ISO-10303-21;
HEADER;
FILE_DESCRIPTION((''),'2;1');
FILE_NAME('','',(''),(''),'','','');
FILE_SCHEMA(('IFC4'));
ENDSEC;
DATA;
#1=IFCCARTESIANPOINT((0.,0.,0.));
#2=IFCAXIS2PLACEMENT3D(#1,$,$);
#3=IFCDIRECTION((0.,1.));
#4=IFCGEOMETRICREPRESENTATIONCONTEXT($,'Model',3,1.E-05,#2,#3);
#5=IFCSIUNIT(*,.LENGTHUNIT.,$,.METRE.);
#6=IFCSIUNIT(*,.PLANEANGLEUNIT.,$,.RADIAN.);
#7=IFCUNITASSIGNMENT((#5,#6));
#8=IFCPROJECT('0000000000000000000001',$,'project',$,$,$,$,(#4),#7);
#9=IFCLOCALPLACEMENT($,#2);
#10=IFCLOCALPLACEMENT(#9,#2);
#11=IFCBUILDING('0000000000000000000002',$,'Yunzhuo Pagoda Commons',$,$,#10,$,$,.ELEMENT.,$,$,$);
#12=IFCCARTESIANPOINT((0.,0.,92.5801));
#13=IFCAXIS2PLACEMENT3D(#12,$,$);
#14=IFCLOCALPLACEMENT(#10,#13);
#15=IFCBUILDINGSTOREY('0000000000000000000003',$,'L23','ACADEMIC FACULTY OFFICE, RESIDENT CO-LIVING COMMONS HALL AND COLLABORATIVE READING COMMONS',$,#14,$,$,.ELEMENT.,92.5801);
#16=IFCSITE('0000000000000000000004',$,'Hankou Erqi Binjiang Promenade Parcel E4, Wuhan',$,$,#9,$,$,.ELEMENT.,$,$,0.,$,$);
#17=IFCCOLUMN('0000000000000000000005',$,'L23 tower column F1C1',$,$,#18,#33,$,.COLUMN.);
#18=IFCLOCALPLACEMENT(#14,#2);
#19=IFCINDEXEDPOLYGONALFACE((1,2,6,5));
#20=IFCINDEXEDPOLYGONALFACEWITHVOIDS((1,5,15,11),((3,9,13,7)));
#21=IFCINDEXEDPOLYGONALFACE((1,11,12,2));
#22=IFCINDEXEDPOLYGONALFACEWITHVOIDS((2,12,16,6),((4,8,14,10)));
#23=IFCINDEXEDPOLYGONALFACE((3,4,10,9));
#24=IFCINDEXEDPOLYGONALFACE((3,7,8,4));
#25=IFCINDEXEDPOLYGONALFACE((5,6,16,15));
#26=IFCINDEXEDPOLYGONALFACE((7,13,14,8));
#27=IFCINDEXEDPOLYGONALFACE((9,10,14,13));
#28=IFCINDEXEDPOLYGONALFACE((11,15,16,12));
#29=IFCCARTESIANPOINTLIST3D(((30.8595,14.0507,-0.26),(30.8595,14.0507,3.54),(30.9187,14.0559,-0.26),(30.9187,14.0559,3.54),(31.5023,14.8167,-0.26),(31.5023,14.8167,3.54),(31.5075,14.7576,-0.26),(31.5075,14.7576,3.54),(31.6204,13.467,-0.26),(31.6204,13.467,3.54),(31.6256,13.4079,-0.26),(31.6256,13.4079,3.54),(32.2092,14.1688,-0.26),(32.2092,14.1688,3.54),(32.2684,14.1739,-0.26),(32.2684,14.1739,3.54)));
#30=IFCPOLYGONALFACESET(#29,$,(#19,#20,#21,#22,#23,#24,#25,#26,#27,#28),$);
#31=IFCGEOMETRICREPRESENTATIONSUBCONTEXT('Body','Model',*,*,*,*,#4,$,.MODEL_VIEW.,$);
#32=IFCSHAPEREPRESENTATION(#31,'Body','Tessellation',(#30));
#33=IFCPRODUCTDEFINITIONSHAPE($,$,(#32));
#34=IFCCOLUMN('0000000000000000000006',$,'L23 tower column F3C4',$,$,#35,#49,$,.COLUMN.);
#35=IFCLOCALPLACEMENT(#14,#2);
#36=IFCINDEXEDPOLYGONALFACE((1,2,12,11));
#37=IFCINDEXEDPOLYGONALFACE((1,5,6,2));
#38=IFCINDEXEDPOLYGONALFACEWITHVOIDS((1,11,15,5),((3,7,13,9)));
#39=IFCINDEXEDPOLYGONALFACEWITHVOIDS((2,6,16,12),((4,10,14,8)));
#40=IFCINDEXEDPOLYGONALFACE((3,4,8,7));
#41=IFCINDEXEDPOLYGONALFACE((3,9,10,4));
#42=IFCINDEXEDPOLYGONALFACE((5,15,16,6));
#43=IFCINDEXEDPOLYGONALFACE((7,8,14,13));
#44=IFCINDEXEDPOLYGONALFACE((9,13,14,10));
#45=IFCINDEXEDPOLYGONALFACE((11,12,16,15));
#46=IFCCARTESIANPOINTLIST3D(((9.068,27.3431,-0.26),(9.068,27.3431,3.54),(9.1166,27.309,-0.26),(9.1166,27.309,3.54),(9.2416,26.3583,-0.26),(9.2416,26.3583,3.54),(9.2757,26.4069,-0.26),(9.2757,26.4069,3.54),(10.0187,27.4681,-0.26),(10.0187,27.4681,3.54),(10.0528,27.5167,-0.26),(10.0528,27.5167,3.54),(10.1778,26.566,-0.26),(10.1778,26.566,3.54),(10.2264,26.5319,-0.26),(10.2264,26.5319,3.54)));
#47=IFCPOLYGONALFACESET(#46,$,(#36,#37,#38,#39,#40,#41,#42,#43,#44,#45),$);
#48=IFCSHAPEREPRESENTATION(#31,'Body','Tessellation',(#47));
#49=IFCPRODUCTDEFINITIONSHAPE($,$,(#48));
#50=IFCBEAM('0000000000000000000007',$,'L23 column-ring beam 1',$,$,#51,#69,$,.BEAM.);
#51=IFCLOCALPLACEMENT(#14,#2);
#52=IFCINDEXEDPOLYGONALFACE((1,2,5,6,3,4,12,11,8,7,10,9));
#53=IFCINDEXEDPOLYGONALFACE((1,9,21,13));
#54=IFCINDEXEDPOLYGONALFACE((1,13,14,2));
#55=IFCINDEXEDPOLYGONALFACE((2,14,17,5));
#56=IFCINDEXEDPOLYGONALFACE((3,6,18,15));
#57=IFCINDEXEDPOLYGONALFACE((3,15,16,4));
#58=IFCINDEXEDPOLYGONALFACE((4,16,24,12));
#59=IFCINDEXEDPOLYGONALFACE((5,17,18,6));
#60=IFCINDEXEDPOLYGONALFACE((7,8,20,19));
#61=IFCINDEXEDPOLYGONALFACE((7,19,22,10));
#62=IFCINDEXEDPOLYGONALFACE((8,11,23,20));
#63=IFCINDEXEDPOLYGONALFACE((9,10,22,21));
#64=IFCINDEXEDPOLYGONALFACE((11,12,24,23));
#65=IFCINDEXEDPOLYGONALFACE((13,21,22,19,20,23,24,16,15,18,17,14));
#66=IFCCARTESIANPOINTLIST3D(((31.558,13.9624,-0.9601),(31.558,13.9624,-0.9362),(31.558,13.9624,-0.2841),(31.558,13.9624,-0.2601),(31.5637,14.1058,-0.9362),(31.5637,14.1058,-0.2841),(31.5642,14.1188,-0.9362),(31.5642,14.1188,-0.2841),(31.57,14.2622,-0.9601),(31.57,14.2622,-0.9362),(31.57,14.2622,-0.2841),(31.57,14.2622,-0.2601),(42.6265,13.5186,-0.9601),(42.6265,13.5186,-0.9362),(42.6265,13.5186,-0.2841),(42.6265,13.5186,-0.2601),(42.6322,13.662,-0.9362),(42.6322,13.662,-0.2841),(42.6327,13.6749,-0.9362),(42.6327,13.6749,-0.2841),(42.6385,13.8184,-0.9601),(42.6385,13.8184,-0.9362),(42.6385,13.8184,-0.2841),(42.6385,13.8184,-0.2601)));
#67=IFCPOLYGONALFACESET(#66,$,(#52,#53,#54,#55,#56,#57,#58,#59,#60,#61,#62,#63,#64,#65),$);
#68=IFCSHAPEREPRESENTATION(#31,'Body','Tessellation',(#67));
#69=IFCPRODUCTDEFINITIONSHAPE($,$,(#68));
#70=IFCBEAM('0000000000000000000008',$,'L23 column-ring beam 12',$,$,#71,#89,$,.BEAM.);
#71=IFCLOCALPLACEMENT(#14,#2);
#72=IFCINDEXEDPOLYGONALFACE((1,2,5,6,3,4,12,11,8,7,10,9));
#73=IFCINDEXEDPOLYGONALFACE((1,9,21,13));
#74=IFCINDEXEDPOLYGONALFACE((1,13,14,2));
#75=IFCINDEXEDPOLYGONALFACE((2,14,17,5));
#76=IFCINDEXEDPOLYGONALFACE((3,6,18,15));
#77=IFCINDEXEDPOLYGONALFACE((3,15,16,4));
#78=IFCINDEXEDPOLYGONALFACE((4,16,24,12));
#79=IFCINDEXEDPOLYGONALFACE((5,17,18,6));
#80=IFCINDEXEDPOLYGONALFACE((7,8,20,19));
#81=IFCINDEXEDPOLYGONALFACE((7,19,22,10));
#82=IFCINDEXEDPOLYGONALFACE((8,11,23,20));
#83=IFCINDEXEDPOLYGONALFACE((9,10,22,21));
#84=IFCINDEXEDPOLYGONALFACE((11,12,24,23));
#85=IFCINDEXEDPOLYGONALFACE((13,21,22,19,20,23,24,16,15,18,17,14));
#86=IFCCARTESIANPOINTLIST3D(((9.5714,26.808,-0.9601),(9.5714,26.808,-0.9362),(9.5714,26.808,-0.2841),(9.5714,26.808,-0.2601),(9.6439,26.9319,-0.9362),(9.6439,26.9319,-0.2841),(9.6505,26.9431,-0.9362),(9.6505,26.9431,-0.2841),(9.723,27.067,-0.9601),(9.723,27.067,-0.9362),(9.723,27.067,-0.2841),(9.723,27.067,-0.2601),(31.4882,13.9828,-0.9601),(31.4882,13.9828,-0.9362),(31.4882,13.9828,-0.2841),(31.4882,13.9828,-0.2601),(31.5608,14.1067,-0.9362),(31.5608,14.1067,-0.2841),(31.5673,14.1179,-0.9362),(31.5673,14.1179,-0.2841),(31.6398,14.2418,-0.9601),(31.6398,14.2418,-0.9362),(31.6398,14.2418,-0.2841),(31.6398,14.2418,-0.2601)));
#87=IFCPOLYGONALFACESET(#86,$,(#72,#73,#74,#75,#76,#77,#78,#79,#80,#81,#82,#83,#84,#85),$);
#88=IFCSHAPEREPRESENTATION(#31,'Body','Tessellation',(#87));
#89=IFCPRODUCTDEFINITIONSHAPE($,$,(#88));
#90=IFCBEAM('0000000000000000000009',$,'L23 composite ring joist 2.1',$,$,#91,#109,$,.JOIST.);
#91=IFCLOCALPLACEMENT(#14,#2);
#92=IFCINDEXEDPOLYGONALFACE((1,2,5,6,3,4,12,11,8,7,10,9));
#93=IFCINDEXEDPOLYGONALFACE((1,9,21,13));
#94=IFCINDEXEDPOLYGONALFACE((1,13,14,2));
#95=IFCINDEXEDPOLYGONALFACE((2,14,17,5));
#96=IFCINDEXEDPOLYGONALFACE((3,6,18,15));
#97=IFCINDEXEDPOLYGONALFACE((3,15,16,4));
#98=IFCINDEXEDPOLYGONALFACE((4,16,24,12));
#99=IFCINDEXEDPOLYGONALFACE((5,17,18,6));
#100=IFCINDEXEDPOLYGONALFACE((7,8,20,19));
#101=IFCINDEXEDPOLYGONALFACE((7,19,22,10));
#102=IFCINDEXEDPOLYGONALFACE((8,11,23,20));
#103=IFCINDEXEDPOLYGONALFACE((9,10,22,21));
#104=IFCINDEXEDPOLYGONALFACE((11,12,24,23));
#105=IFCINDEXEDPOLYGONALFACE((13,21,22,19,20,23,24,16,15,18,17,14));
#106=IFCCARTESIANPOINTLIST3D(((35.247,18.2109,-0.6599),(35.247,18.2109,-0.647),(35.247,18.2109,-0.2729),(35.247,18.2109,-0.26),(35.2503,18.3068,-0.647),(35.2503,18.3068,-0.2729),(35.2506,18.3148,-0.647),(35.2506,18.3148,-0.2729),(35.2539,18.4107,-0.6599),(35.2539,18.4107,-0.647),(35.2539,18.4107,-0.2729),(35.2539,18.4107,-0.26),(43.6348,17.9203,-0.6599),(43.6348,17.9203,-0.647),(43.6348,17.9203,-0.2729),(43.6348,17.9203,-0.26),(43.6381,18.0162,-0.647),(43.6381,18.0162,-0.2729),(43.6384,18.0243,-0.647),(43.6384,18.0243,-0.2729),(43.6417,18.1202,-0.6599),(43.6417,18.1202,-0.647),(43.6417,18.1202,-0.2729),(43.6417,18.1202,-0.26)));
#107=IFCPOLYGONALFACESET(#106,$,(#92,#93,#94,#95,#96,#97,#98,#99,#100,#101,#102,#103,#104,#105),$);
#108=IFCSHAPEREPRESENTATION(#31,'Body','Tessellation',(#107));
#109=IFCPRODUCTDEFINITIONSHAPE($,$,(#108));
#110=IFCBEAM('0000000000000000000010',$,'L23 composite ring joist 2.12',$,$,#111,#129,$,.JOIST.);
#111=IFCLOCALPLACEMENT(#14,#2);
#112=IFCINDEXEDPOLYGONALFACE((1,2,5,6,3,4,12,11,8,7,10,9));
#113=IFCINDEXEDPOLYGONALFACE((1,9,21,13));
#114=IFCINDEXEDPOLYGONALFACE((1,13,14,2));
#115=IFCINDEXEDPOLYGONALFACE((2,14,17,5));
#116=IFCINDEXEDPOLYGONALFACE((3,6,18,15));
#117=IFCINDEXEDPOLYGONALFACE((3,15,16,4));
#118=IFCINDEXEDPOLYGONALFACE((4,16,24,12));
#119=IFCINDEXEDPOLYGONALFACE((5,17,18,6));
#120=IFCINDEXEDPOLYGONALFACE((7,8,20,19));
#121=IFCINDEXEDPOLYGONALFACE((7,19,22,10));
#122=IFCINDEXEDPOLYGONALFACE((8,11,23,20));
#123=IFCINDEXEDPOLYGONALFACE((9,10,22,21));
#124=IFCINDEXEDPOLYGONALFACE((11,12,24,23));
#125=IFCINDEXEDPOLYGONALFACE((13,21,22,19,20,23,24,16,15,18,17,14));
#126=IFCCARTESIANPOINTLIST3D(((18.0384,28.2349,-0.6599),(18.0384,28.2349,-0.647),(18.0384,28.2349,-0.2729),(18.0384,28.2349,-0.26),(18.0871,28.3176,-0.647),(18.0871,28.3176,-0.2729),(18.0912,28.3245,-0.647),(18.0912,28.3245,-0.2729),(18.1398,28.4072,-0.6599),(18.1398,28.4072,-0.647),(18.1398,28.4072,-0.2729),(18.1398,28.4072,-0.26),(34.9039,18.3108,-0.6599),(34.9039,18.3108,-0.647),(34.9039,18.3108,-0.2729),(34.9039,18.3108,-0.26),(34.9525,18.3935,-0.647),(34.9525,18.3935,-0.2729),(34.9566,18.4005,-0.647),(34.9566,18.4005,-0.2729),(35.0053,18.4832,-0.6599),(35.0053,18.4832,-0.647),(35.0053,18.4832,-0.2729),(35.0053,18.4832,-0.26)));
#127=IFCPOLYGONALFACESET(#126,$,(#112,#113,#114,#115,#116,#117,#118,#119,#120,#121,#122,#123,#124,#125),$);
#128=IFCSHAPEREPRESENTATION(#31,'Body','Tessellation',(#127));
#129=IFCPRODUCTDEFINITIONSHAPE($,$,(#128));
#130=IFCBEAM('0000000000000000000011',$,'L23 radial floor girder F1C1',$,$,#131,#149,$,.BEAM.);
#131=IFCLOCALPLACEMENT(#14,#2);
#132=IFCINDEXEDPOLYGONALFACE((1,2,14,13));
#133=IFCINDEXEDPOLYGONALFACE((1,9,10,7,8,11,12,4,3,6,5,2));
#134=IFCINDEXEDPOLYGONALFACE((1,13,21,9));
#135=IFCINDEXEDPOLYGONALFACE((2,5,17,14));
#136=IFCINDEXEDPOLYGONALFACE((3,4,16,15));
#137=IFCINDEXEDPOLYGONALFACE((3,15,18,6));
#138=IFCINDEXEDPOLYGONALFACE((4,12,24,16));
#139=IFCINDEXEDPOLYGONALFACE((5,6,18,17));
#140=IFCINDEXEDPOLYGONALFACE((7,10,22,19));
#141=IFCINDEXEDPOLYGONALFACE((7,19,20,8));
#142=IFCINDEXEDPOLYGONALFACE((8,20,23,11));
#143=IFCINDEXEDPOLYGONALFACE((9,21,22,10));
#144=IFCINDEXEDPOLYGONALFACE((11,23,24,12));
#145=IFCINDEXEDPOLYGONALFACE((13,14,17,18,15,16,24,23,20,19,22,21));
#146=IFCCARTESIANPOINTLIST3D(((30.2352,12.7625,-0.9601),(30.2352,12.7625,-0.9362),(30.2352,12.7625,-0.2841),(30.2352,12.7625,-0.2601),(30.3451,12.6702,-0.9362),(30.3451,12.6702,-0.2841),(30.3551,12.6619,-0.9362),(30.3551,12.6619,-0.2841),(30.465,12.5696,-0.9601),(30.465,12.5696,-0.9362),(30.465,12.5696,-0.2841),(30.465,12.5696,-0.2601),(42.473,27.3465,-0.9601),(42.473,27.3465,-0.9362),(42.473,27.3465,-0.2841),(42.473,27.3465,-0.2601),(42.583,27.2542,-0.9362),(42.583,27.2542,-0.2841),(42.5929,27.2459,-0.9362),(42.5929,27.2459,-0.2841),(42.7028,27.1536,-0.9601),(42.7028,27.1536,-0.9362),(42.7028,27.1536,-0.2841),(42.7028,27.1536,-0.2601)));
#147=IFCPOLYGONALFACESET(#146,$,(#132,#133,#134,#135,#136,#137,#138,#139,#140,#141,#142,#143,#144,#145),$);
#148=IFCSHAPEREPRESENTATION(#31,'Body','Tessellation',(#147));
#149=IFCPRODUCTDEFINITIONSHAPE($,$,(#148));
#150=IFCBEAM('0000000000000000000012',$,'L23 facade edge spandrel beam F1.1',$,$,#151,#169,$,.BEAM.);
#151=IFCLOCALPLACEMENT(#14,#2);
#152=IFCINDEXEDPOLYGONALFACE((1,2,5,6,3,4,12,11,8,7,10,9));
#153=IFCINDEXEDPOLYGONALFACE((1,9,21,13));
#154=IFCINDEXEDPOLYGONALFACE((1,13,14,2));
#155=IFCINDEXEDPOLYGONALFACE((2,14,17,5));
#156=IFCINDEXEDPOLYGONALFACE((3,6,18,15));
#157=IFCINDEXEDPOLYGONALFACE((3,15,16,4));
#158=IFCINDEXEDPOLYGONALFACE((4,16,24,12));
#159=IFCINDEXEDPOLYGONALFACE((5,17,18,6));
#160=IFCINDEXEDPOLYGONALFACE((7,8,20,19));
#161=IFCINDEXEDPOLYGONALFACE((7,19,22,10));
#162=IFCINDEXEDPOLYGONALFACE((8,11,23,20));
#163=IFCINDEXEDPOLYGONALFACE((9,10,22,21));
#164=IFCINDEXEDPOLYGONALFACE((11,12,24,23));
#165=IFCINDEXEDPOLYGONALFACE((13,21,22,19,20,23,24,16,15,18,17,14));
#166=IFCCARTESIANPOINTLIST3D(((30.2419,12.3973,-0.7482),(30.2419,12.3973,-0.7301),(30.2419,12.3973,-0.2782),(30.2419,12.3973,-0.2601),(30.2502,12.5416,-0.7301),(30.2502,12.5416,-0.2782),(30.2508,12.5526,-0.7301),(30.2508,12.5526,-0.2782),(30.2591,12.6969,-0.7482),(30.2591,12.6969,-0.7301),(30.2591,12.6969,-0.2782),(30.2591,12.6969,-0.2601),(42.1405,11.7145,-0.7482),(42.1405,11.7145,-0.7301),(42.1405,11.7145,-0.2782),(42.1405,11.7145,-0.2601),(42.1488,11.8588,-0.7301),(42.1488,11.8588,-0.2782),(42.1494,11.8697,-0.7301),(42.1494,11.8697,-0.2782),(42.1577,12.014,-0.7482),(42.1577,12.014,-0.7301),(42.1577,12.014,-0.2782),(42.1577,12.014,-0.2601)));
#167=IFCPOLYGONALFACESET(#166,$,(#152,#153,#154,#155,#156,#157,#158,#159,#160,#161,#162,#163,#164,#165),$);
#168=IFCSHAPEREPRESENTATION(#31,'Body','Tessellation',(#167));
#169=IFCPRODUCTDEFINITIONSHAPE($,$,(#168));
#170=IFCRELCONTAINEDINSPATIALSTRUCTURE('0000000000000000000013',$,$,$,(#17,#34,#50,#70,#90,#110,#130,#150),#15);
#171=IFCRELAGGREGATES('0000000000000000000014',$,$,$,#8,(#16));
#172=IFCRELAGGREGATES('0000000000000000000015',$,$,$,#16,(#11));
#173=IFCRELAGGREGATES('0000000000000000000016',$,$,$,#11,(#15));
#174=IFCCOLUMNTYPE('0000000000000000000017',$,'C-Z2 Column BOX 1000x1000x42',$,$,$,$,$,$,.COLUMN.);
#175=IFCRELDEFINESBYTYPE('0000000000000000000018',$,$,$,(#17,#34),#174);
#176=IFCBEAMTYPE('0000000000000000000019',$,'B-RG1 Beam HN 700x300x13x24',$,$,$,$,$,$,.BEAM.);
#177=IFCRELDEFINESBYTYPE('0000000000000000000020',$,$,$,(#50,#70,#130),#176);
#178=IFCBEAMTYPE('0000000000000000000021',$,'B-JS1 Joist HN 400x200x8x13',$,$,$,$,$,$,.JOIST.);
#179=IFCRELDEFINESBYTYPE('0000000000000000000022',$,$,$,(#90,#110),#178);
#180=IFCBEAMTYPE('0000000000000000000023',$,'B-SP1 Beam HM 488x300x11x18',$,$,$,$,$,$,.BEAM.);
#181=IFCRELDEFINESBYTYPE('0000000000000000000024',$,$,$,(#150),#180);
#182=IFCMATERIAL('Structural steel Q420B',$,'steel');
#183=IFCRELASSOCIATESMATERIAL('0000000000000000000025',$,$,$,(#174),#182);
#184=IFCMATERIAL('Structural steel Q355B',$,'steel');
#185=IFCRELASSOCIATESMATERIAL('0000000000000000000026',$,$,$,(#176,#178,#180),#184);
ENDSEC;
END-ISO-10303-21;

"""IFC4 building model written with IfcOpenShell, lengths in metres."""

from ifc_helpers import new_model, si_unit, direction, frame, origin, origin_2d, place, context, subcontext, project, spatial, hollow_rectangle, i_section, extrude, source, transform, mapped, material, material_profile, profile_set, type_object, element, save


model = new_model("IFC4")

# Units and contexts
model_context = context("Model", 3, precision=1e-05, world=origin(), true_north=direction((0.0, 1.0)))
body_context = subcontext(model_context, "Body", "Model", "MODEL_VIEW")
ifc_project = project(units=[si_unit("LENGTHUNIT", "METRE"), si_unit("PLANEANGLEUNIT", "RADIAN")], contexts=[model_context])

# Site, building, storey
site_placement = place(None, origin())
site = spatial("IfcSite", under=ifc_project, at=site_placement, Name="Hankou Erqi Binjiang Promenade Parcel E4, Wuhan", CompositionType="ELEMENT", RefElevation=0.0)
building_placement = place(site_placement, origin())
building = spatial("IfcBuilding", under=site, at=building_placement, Name="Yunzhuo Pagoda Commons", CompositionType="ELEMENT")
storey_placement = place(building_placement, frame((0.0, 0.0, 92.5801)))
storey = spatial("IfcBuildingStorey", under=building, at=storey_placement, Name="L23", Description="ACADEMIC FACULTY OFFICE, RESIDENT CO-LIVING COMMONS HALL AND COLLABORATIVE READING COMMONS", CompositionType="ELEMENT", Elevation=92.5801)

# Columns
ifc_material_1 = material(Name="Structural steel Q420B", Category="steel")
ifc_material_profile_1 = material_profile(ifc_material_1, hollow_rectangle(XDim=1.0, YDim=1.0, WallThickness=0.042, at=origin_2d()), Name="Structural steel Q420B")
ifc_profile_set_1 = profile_set([ifc_material_profile_1], Name="Structural steel Q420B")
column_type = type_object("IfcColumnType", Name="C-Z2 Column BOX 1000x1000x42", PredefinedType="COLUMN", material=ifc_profile_set_1)
shared_shape_1 = source(origin(), body_context, "Body", "SweptSolid", [
    extrude(hollow_rectangle(XDim=1.0, YDim=1.0, WallThickness=0.042, at=origin_2d()), origin(), (0.0, 0.0, 1.0), 3.8),
])
for number, where, z_axis, x_axis, name in (
    (1, (31.564, 14.1123, -0.26), (0.0, 0.0, 1.0), (0.766044, -0.642788, 0.0), "L23 tower column F1C1"),
    (2, (9.6472, 26.9375, -0.26), (0.0, 0.0, 1.0), (0.173648, -0.984808, 0.0), "L23 tower column F3C4"),
):
    element("IfcColumn", number, at=place(storey_placement, frame(where, z_axis=z_axis, x_axis=x_axis)), inside=storey, type_object=column_type, Name=name, PredefinedType="COLUMN", context=body_context, shape_type="MappedRepresentation", body=[
        mapped(shared_shape_1, transform((0.0, 0.0, 0.0), scale=1.0)),
    ])

# Beams
ifc_material_2 = material(Name="Structural steel Q355B", Category="steel")
ifc_material_profile_2 = material_profile(ifc_material_2, i_section(OverallWidth=0.3, OverallDepth=0.7, WebThickness=0.0129, FlangeThickness=0.0239, at=origin_2d()), Name="Structural steel Q355B")
ifc_profile_set_2 = profile_set([ifc_material_profile_2], Name="Structural steel Q355B")
beam_type_1 = type_object("IfcBeamType", Name="B-RG1 Beam HN 700x300x13x24", PredefinedType="BEAM", material=ifc_profile_set_2)
shared_shape_2 = source(origin(), body_context, "Body", "SweptSolid", [
    extrude(i_section(OverallWidth=0.3, OverallDepth=0.7, WebThickness=0.0129, FlangeThickness=0.0239, at=origin_2d()), origin(), (0.0, 0.0, 1.0), 11.0774),
])
beam_1_placement = place(storey_placement, frame((31.564, 14.1123, -0.6101), z_axis=(0.999197, -0.040067, 0.0), x_axis=(0.040067, 0.999197, 0.0)))
element("IfcBeam", 3, at=beam_1_placement, inside=storey, type_object=beam_type_1, Name="L23 column-ring beam 1", PredefinedType="BEAM", context=body_context, shape_type="MappedRepresentation", body=[
    mapped(shared_shape_2, transform((0.0, 0.0, 0.0), scale=1.0)),
])
shared_shape_3 = source(origin(), body_context, "Body", "SweptSolid", [
    extrude(i_section(OverallWidth=0.3, OverallDepth=0.7, WebThickness=0.0129, FlangeThickness=0.0239, at=origin_2d()), origin(), (0.0, 0.0, 1.0), 25.3936),
])
beam_2_placement = place(storey_placement, frame((9.6472, 26.9375, -0.6101), z_axis=(0.863085, -0.505058, 0.0), x_axis=(0.505058, 0.863085, 0.0)))
element("IfcBeam", 4, at=beam_2_placement, inside=storey, type_object=beam_type_1, Name="L23 column-ring beam 12", PredefinedType="BEAM", context=body_context, shape_type="MappedRepresentation", body=[
    mapped(shared_shape_3, transform((0.0, 0.0, 0.0), scale=1.0)),
])
ifc_material_profile_3 = material_profile(ifc_material_2, i_section(OverallWidth=0.2, OverallDepth=0.3999, WebThickness=0.0081, FlangeThickness=0.0129, at=origin_2d()), Name="Structural steel Q355B")
ifc_profile_set_3 = profile_set([ifc_material_profile_3], Name="Structural steel Q355B")
beam_type_2 = type_object("IfcBeamType", Name="B-JS1 Joist HN 400x200x8x13", PredefinedType="JOIST", material=ifc_profile_set_3)
shared_shape_4 = source(origin(), body_context, "Body", "SweptSolid", [
    extrude(i_section(OverallWidth=0.2, OverallDepth=0.3999, WebThickness=0.0081, FlangeThickness=0.0129, at=origin_2d()), origin(), (0.0, 0.0, 1.0), 8.3928),
])
beam_3_placement = place(storey_placement, frame((35.2505, 18.3108, -0.46), z_axis=(0.999401, -0.034617, 0.0), x_axis=(0.034617, 0.999401, 0.0)))
element("IfcBeam", 5, at=beam_3_placement, inside=storey, type_object=beam_type_2, Name="L23 composite ring joist 2.1", PredefinedType="JOIST", context=body_context, shape_type="MappedRepresentation", body=[
    mapped(shared_shape_4, transform((0.0, 0.0, 0.0), scale=1.0)),
])
shared_shape_5 = source(origin(), body_context, "Body", "SweptSolid", [
    extrude(i_section(OverallWidth=0.2, OverallDepth=0.3999, WebThickness=0.0081, FlangeThickness=0.0129, at=origin_2d()), origin(), (0.0, 0.0, 1.0), 19.5686),
])
beam_4_placement = place(storey_placement, frame((18.0891, 28.321, -0.46), z_axis=(0.861863, -0.507142, 0.0), x_axis=(0.507142, 0.861863, 0.0)))
element("IfcBeam", 6, at=beam_4_placement, inside=storey, type_object=beam_type_2, Name="L23 composite ring joist 2.12", PredefinedType="JOIST", context=body_context, shape_type="MappedRepresentation", body=[
    mapped(shared_shape_5, transform((0.0, 0.0, 0.0), scale=1.0)),
])
shared_shape_6 = source(origin(), body_context, "Body", "SweptSolid", [
    extrude(i_section(OverallWidth=0.3, OverallDepth=0.7, WebThickness=0.0129, FlangeThickness=0.0239, at=origin_2d()), origin(), (0.0, 0.0, 1.0), 19.0383),
])
beam_5_placement = place(storey_placement, frame((30.3501, 12.666, -0.6101), z_axis=(0.642799, 0.766035, 0.0), x_axis=(-0.766035, 0.642799, 0.0)))
element("IfcBeam", 7, at=beam_5_placement, inside=storey, type_object=beam_type_1, Name="L23 radial floor girder F1C1", PredefinedType="BEAM", context=body_context, shape_type="MappedRepresentation", body=[
    mapped(shared_shape_6, transform((0.0, 0.0, 0.0), scale=1.0)),
])
ifc_material_profile_4 = material_profile(ifc_material_2, i_section(OverallWidth=0.3, OverallDepth=0.488, WebThickness=0.011, FlangeThickness=0.0181, at=origin_2d()), Name="Structural steel Q355B")
ifc_profile_set_4 = profile_set([ifc_material_profile_4], Name="Structural steel Q355B")
beam_type_3 = type_object("IfcBeamType", Name="B-SP1 Beam HM 488x300x11x18", PredefinedType="BEAM", material=ifc_profile_set_4)
shared_shape_7 = source(origin(), body_context, "Body", "SweptSolid", [
    extrude(i_section(OverallWidth=0.3, OverallDepth=0.488, WebThickness=0.011, FlangeThickness=0.0181, at=origin_2d()), origin(), (0.0, 0.0, 1.0), 11.9182),
])
beam_6_placement = place(storey_placement, frame((30.2505, 12.5471, -0.5042), z_axis=(0.998357, -0.057295, 0.0), x_axis=(0.057295, 0.998357, 0.0)))
element("IfcBeam", 8, at=beam_6_placement, inside=storey, type_object=beam_type_3, Name="L23 facade edge spandrel beam F1.1", PredefinedType="BEAM", context=body_context, shape_type="MappedRepresentation", body=[
    mapped(shared_shape_7, transform((0.0, 0.0, 0.0), scale=1.0)),
])

save(model, "model.ifc")
